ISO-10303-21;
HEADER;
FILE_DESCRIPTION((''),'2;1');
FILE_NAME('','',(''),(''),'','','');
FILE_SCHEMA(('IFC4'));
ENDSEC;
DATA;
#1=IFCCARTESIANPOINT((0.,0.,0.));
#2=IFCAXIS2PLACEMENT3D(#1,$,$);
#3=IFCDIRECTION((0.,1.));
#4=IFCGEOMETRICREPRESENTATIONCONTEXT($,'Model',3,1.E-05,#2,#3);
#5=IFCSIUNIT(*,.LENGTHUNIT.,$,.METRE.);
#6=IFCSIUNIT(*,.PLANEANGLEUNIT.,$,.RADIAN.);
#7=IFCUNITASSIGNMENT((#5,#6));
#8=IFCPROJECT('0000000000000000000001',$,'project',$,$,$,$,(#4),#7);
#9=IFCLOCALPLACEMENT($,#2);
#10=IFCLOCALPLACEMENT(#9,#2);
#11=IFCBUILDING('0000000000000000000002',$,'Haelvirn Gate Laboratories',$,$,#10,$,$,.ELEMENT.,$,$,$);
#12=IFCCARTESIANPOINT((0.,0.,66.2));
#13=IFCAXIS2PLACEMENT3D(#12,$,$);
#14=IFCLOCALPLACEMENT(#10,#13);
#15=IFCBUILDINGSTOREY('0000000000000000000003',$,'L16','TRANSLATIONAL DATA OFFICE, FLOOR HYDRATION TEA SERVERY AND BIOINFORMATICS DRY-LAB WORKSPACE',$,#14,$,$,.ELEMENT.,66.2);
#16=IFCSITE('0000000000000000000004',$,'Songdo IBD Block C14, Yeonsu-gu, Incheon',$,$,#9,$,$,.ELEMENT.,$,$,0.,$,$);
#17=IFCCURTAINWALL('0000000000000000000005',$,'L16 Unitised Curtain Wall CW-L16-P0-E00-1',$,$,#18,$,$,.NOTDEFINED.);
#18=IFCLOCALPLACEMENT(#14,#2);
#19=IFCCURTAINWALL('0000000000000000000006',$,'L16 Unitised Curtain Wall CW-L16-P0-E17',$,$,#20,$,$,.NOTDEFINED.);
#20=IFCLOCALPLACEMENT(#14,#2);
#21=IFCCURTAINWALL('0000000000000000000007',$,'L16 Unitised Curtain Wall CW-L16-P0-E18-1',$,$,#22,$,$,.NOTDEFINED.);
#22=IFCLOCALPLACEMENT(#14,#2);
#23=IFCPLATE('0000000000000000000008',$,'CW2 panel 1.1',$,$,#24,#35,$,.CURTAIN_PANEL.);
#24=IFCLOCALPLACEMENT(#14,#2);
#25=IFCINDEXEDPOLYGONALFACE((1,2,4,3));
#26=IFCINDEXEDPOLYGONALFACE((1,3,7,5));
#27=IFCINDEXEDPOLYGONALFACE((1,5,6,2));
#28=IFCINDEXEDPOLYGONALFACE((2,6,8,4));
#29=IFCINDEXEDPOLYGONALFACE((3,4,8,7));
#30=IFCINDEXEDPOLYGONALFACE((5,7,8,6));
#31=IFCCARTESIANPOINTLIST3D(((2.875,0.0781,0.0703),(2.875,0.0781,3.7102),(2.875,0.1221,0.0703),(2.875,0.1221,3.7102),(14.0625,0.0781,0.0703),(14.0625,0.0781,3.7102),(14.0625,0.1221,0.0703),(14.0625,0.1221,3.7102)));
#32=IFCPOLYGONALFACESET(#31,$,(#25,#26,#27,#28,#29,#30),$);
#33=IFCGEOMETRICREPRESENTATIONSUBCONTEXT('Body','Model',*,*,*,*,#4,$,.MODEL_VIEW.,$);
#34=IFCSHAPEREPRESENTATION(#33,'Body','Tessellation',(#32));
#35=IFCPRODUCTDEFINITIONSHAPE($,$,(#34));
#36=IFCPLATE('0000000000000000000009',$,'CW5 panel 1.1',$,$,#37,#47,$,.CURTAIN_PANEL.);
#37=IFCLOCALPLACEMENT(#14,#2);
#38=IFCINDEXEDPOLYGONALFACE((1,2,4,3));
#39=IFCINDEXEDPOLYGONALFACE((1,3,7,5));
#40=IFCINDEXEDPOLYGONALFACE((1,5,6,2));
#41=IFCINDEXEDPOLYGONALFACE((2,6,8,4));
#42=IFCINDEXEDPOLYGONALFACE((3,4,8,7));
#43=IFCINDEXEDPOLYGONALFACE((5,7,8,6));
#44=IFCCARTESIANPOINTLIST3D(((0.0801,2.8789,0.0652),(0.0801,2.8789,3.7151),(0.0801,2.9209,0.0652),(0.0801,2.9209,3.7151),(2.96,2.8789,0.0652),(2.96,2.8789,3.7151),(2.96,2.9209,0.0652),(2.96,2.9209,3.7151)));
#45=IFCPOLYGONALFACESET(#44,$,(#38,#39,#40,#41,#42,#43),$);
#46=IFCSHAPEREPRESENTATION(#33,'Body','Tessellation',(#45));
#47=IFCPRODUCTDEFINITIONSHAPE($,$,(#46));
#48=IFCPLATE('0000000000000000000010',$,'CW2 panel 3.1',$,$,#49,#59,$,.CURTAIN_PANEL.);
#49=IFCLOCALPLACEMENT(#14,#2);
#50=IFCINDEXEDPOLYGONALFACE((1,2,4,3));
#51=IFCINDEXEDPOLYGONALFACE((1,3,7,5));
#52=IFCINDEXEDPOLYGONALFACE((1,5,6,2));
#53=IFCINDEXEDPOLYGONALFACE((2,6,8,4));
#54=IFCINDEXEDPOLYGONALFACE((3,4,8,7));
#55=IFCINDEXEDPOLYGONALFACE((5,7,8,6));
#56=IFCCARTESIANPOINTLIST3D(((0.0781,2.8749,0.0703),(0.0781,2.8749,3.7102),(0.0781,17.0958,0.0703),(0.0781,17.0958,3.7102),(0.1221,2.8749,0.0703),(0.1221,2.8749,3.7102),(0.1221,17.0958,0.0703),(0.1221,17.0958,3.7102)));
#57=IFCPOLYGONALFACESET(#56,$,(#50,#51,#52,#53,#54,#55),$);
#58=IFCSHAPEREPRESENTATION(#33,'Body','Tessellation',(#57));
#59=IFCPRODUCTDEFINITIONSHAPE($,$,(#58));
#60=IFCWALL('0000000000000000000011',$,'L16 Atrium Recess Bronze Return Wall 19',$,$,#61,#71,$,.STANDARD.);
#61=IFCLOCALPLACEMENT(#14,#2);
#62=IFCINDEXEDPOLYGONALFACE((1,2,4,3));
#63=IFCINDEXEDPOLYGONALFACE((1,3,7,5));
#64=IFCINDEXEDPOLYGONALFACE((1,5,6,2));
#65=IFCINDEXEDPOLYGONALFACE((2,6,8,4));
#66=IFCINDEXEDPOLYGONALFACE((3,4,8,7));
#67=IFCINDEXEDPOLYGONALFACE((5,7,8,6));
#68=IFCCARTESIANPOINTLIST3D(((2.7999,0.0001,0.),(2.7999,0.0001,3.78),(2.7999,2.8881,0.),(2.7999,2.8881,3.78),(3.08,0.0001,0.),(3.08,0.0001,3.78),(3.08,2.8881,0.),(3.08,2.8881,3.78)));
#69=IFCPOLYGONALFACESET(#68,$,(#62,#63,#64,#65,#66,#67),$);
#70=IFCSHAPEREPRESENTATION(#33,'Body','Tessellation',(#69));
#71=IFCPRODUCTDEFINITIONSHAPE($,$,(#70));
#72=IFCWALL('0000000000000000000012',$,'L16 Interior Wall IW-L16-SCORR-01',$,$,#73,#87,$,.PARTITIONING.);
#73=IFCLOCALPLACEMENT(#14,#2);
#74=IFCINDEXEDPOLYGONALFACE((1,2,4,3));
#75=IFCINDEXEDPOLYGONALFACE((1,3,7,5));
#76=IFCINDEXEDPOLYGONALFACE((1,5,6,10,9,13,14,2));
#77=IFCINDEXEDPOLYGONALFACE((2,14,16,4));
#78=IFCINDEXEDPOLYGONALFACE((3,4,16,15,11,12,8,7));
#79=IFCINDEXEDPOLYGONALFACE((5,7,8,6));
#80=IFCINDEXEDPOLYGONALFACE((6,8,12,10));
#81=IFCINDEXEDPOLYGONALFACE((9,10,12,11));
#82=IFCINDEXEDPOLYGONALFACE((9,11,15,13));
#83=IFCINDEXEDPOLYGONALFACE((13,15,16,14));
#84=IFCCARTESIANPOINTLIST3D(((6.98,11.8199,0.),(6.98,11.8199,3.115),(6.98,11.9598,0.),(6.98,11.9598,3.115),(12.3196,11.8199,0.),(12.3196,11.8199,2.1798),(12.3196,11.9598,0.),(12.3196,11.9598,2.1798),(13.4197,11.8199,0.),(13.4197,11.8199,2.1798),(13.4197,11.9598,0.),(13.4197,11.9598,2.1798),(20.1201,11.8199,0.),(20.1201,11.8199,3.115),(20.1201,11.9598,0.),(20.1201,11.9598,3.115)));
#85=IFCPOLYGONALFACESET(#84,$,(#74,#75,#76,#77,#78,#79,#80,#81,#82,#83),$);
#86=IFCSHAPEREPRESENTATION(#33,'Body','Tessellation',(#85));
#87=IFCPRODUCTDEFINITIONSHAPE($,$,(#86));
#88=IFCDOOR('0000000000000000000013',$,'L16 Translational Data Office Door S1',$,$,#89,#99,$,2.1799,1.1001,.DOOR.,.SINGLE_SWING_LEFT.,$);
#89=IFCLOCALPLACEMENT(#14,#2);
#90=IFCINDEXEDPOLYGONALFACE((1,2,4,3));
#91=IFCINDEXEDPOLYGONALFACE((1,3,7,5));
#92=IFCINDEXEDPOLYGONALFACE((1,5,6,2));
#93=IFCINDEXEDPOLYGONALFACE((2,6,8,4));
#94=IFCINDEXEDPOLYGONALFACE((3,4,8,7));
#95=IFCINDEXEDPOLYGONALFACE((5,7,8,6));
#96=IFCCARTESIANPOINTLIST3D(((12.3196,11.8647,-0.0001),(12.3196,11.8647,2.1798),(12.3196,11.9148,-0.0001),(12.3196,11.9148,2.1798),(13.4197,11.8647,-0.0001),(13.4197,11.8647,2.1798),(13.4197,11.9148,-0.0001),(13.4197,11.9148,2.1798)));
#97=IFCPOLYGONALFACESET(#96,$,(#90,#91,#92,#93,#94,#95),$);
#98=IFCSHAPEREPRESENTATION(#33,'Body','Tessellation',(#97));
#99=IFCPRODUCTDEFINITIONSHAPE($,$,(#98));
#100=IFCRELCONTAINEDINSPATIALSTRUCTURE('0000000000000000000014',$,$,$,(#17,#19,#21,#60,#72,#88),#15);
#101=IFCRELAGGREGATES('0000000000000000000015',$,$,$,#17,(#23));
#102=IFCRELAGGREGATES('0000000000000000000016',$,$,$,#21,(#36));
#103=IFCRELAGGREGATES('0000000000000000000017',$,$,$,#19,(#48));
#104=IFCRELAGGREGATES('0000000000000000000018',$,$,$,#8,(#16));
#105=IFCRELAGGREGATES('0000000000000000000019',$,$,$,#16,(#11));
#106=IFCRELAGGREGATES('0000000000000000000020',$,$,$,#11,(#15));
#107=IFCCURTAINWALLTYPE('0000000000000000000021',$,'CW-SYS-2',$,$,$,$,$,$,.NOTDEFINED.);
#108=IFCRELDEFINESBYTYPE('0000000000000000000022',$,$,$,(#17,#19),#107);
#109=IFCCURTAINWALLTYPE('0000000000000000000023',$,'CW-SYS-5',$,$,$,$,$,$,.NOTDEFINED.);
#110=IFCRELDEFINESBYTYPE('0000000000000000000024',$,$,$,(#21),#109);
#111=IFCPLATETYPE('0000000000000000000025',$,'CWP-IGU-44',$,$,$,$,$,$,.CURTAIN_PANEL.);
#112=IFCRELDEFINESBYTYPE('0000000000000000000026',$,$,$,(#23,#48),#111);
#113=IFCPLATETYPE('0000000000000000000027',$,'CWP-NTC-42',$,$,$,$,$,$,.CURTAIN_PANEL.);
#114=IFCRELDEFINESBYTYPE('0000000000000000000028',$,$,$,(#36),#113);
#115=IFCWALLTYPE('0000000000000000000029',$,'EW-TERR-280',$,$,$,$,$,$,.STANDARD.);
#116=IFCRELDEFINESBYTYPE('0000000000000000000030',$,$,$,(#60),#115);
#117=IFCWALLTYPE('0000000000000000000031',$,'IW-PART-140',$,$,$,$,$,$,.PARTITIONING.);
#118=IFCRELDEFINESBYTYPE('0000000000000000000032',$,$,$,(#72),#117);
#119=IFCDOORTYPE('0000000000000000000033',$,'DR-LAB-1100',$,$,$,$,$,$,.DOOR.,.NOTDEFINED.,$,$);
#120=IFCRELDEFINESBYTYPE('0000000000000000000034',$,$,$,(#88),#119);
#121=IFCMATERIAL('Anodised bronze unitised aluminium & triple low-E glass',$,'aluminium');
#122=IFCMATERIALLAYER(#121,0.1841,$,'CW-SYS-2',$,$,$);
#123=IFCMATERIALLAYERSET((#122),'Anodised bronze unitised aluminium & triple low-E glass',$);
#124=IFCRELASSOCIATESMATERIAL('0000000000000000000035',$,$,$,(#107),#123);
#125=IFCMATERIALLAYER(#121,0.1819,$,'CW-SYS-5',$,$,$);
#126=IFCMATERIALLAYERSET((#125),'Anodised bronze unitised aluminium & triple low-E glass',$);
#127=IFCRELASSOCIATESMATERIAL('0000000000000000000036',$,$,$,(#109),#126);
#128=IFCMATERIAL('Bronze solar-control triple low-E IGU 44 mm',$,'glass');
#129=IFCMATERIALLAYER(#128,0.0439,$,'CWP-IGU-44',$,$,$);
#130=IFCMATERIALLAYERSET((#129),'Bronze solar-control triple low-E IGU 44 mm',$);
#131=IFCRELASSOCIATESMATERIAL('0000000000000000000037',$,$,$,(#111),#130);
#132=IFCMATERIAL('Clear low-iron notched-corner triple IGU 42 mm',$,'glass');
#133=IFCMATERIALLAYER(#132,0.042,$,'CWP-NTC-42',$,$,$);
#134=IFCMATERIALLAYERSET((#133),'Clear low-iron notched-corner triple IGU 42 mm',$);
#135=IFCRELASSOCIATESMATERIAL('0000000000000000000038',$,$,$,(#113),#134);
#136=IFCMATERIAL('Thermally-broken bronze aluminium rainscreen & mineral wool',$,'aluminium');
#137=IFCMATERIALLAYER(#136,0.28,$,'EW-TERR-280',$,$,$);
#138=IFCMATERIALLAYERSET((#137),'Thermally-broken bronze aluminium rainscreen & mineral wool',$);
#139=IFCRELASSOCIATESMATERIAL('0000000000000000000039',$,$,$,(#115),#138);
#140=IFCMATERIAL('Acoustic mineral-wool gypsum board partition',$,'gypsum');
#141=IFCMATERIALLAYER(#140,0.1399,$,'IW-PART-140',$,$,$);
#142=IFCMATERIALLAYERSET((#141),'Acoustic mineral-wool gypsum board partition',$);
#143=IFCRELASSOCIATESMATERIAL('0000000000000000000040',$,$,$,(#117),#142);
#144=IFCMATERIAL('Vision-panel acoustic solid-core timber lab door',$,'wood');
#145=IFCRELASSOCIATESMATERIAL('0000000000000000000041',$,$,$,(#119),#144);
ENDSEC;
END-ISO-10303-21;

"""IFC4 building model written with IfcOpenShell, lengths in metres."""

from ifc_helpers import new_model, si_unit, direction, frame, frame_2d, origin, origin_2d, place, context, subcontext, project, spatial, rectangle, extrude, source, transform, mapped, material, layer, layer_set, type_object, type_shapes, element, fill, aggregate, save


model = new_model("IFC4")

# Units and contexts
model_context = context("Model", 3, precision=1e-05, world=origin(), true_north=direction((0.0, 1.0)))
body_context = subcontext(model_context, "Body", "Model", "MODEL_VIEW")
ifc_project = project(units=[si_unit("LENGTHUNIT", "METRE"), si_unit("PLANEANGLEUNIT", "RADIAN")], contexts=[model_context])

# Site, building, storey
site_placement = place(None, origin())
site = spatial("IfcSite", under=ifc_project, at=site_placement, Name="Songdo IBD Block C14, Yeonsu-gu, Incheon", CompositionType="ELEMENT", RefElevation=0.0)
building_placement = place(site_placement, origin())
building = spatial("IfcBuilding", under=site, at=building_placement, Name="Haelvirn Gate Laboratories", CompositionType="ELEMENT")
storey_placement = place(building_placement, frame((0.0, 0.0, 66.2)))
storey = spatial("IfcBuildingStorey", under=building, at=storey_placement, Name="L16", Description="TRANSLATIONAL DATA OFFICE, FLOOR HYDRATION TEA SERVERY AND BIOINFORMATICS DRY-LAB WORKSPACE", CompositionType="ELEMENT", Elevation=66.2)

# Curtain walls
ifc_material_1 = material(Name="Anodised bronze unitised aluminium & triple low-E glass", Category="aluminium")
ifc_layer_1 = layer(ifc_material_1, 0.1841, Name="CW-SYS-2")
ifc_layer_set_1 = layer_set([ifc_layer_1], Name="Anodised bronze unitised aluminium & triple low-E glass")
curtain_wall_type_1 = type_object("IfcCurtainWallType", Name="CW-SYS-2", PredefinedType="NOTDEFINED", material=ifc_layer_set_1)
curtain_wall_1_placement = place(storey_placement, origin())
curtain_wall_1 = element("IfcCurtainWall", 1, at=curtain_wall_1_placement, inside=storey, type_object=curtain_wall_type_1, Name="L16 Unitised Curtain Wall CW-L16-P0-E00-1", PredefinedType="NOTDEFINED")
curtain_wall_2_placement = place(storey_placement, origin())
curtain_wall_2 = element("IfcCurtainWall", 2, at=curtain_wall_2_placement, inside=storey, type_object=curtain_wall_type_1, Name="L16 Unitised Curtain Wall CW-L16-P0-E17", PredefinedType="NOTDEFINED")

# Curtain wall
ifc_layer_2 = layer(ifc_material_1, 0.1819, Name="CW-SYS-5")
ifc_layer_set_2 = layer_set([ifc_layer_2], Name="Anodised bronze unitised aluminium & triple low-E glass")
curtain_wall_type_2 = type_object("IfcCurtainWallType", Name="CW-SYS-5", PredefinedType="NOTDEFINED", material=ifc_layer_set_2)
curtain_wall_3_placement = place(storey_placement, origin())
curtain_wall_3 = element("IfcCurtainWall", 3, at=curtain_wall_3_placement, inside=storey, type_object=curtain_wall_type_2, Name="L16 Unitised Curtain Wall CW-L16-P0-E18-1", PredefinedType="NOTDEFINED")

# Plates
ifc_material_2 = material(Name="Bronze solar-control triple low-E IGU 44 mm", Category="glass")
ifc_layer_3 = layer(ifc_material_2, 0.0439, Name="CWP-IGU-44")
ifc_layer_set_3 = layer_set([ifc_layer_3], Name="Bronze solar-control triple low-E IGU 44 mm")
plate_type_1 = type_object("IfcPlateType", Name="CWP-IGU-44", PredefinedType="CURTAIN_PANEL", material=ifc_layer_set_3)
shared_shape_1 = source(origin(), body_context, "Body", "SweptSolid", [
    extrude(rectangle(XDim=11.1875, YDim=0.0439, at=origin_2d()), origin(), (0.0, 0.0, 1.0), 3.6399),
])
plate_1_placement = place(storey_placement, frame((8.4688, 0.1001, 0.0703), z_axis=(0.0, 0.0, 1.0), x_axis=(1.0, 0.0, 0.0)))
plate_1 = element("IfcPlate", 4, at=plate_1_placement, type_object=plate_type_1, Name="CW2 panel 1.1", PredefinedType="CURTAIN_PANEL", context=body_context, shape_type="MappedRepresentation", body=[
    mapped(shared_shape_1, transform((0.0, 0.0, 0.0), scale=1.0)),
])
aggregate(curtain_wall_1, [plate_1])
ifc_material_3 = material(Name="Clear low-iron notched-corner triple IGU 42 mm", Category="glass")
ifc_layer_4 = layer(ifc_material_3, 0.042, Name="CWP-NTC-42")
ifc_layer_set_4 = layer_set([ifc_layer_4], Name="Clear low-iron notched-corner triple IGU 42 mm")
plate_type_2 = type_object("IfcPlateType", Name="CWP-NTC-42", PredefinedType="CURTAIN_PANEL", material=ifc_layer_set_4)
shared_shape_2 = source(origin(), body_context, "Body", "SweptSolid", [
    extrude(rectangle(XDim=2.8799, YDim=0.042, at=origin_2d()), origin(), (0.0, 0.0, 1.0), 3.6499),
])
type_shapes(plate_type_2, [shared_shape_2])
plate_2_placement = place(storey_placement, frame((1.52, 2.8999, 0.0652), z_axis=(0.0, 0.0, 1.0), x_axis=(1.0, 0.0, 0.0)))
plate_2 = element("IfcPlate", 5, at=plate_2_placement, type_object=plate_type_2, Name="CW5 panel 1.1", PredefinedType="CURTAIN_PANEL", context=body_context, shape_type="MappedRepresentation", body=[
    mapped(shared_shape_2, transform((0.0, 0.0, 0.0), scale=1.0)),
])
aggregate(curtain_wall_3, [plate_2])
shared_shape_3 = source(origin(), body_context, "Body", "SweptSolid", [
    extrude(rectangle(XDim=14.2209, YDim=0.0439, at=origin_2d()), origin(), (0.0, 0.0, 1.0), 3.6399),
])
type_shapes(plate_type_1, [shared_shape_1, shared_shape_3])
plate_3_placement = place(storey_placement, frame((0.1001, 9.9854, 0.0703), z_axis=(0.0, 0.0, 1.0), x_axis=(0.0, -1.0, 0.0)))
plate_3 = element("IfcPlate", 6, at=plate_3_placement, type_object=plate_type_1, Name="CW2 panel 3.1", PredefinedType="CURTAIN_PANEL", context=body_context, shape_type="MappedRepresentation", body=[
    mapped(shared_shape_3, transform((0.0, 0.0, 0.0), scale=1.0)),
])
aggregate(curtain_wall_2, [plate_3])

# Wall
ifc_material_4 = material(Name="Thermally-broken bronze aluminium rainscreen & mineral wool", Category="aluminium")
ifc_layer_5 = layer(ifc_material_4, 0.28, Name="EW-TERR-280")
ifc_layer_set_5 = layer_set([ifc_layer_5], Name="Thermally-broken bronze aluminium rainscreen & mineral wool")
wall_type_1 = type_object("IfcWallType", Name="EW-TERR-280", PredefinedType="STANDARD", material=ifc_layer_set_5)
wall_1_placement = place(storey_placement, frame((2.9399, 2.8879, 0.0), z_axis=(0.0, 0.0, 1.0), x_axis=(0.0, -1.0, 0.0)))
element("IfcWall", 7, at=wall_1_placement, inside=storey, type_object=wall_type_1, Name="L16 Atrium Recess Bronze Return Wall 19", PredefinedType="STANDARD", context=body_context, shape_type="SweptSolid", body=[
    extrude(rectangle(XDim=2.8879, YDim=0.28, at=frame_2d((1.4438, 0.0))), origin(), (0.0, 0.0, 1.0), 3.78),
])

# Wall, opening, door
ifc_material_5 = material(Name="Acoustic mineral-wool gypsum board partition", Category="gypsum")
ifc_layer_6 = layer(ifc_material_5, 0.1399, Name="IW-PART-140")
ifc_layer_set_6 = layer_set([ifc_layer_6], Name="Acoustic mineral-wool gypsum board partition")
wall_type_2 = type_object("IfcWallType", Name="IW-PART-140", PredefinedType="PARTITIONING", material=ifc_layer_set_6)
wall_2_placement = place(storey_placement, frame((6.98, 11.8899, 0.0), z_axis=(0.0, 0.0, 1.0), x_axis=(1.0, 0.0, 0.0)))
wall_2 = element("IfcWall", 8, at=wall_2_placement, inside=storey, type_object=wall_type_2, Name="L16 Interior Wall IW-L16-SCORR-01", PredefinedType="PARTITIONING", context=body_context, shape_type="SweptSolid", body=[
    extrude(rectangle(XDim=13.1401, YDim=0.1399, at=frame_2d((6.5701, 0.0))), origin(), (0.0, 0.0, 1.0), 3.115),
])
opening_placement = place(wall_2_placement, frame((5.3396, 0.0, 0.0)))
opening = element("IfcOpeningElement", 9, at=opening_placement, cuts=wall_2, PredefinedType="OPENING", context=body_context, shape_type="SweptSolid", body=[
    extrude(rectangle(XDim=1.1001, YDim=2.1799, at=frame_2d((0.55, 1.0898))), frame((0.0, 0.0801, 0.0), z_axis=(0.0, -1.0, 0.0), x_axis=(1.0, 0.0, 0.0)), (0.0, 0.0, 1.0), 0.1599),
])
ifc_material_6 = material(Name="Vision-panel acoustic solid-core timber lab door", Category="wood")
door_type = type_object("IfcDoorType", Name="DR-LAB-1100", OperationType="NOTDEFINED", PredefinedType="DOOR", material=ifc_material_6)
shared_shape_4 = source(origin(), body_context, "Body", "SweptSolid", [
    extrude(rectangle(XDim=1.1001, YDim=2.1799, at=frame_2d((0.55, 1.0898))), frame((0.0, 0.0249, 0.0), z_axis=(0.0, -1.0, 0.0), x_axis=(1.0, 0.0, 0.0)), (0.0, 0.0, 1.0), 0.05),
])
type_shapes(door_type, [shared_shape_4])
door_placement = place(opening_placement, origin())
door = element("IfcDoor", 10, at=door_placement, inside=storey, type_object=door_type, Name="L16 Translational Data Office Door S1", OperationType="SINGLE_SWING_LEFT", OverallHeight=2.1799, OverallWidth=1.1001, PredefinedType="DOOR", context=body_context, shape_type="MappedRepresentation", body=[
    mapped(shared_shape_4, transform((0.0, 0.0, 0.0), scale=1.0)),
])
fill(opening, door)

save(model, "model.ifc")
